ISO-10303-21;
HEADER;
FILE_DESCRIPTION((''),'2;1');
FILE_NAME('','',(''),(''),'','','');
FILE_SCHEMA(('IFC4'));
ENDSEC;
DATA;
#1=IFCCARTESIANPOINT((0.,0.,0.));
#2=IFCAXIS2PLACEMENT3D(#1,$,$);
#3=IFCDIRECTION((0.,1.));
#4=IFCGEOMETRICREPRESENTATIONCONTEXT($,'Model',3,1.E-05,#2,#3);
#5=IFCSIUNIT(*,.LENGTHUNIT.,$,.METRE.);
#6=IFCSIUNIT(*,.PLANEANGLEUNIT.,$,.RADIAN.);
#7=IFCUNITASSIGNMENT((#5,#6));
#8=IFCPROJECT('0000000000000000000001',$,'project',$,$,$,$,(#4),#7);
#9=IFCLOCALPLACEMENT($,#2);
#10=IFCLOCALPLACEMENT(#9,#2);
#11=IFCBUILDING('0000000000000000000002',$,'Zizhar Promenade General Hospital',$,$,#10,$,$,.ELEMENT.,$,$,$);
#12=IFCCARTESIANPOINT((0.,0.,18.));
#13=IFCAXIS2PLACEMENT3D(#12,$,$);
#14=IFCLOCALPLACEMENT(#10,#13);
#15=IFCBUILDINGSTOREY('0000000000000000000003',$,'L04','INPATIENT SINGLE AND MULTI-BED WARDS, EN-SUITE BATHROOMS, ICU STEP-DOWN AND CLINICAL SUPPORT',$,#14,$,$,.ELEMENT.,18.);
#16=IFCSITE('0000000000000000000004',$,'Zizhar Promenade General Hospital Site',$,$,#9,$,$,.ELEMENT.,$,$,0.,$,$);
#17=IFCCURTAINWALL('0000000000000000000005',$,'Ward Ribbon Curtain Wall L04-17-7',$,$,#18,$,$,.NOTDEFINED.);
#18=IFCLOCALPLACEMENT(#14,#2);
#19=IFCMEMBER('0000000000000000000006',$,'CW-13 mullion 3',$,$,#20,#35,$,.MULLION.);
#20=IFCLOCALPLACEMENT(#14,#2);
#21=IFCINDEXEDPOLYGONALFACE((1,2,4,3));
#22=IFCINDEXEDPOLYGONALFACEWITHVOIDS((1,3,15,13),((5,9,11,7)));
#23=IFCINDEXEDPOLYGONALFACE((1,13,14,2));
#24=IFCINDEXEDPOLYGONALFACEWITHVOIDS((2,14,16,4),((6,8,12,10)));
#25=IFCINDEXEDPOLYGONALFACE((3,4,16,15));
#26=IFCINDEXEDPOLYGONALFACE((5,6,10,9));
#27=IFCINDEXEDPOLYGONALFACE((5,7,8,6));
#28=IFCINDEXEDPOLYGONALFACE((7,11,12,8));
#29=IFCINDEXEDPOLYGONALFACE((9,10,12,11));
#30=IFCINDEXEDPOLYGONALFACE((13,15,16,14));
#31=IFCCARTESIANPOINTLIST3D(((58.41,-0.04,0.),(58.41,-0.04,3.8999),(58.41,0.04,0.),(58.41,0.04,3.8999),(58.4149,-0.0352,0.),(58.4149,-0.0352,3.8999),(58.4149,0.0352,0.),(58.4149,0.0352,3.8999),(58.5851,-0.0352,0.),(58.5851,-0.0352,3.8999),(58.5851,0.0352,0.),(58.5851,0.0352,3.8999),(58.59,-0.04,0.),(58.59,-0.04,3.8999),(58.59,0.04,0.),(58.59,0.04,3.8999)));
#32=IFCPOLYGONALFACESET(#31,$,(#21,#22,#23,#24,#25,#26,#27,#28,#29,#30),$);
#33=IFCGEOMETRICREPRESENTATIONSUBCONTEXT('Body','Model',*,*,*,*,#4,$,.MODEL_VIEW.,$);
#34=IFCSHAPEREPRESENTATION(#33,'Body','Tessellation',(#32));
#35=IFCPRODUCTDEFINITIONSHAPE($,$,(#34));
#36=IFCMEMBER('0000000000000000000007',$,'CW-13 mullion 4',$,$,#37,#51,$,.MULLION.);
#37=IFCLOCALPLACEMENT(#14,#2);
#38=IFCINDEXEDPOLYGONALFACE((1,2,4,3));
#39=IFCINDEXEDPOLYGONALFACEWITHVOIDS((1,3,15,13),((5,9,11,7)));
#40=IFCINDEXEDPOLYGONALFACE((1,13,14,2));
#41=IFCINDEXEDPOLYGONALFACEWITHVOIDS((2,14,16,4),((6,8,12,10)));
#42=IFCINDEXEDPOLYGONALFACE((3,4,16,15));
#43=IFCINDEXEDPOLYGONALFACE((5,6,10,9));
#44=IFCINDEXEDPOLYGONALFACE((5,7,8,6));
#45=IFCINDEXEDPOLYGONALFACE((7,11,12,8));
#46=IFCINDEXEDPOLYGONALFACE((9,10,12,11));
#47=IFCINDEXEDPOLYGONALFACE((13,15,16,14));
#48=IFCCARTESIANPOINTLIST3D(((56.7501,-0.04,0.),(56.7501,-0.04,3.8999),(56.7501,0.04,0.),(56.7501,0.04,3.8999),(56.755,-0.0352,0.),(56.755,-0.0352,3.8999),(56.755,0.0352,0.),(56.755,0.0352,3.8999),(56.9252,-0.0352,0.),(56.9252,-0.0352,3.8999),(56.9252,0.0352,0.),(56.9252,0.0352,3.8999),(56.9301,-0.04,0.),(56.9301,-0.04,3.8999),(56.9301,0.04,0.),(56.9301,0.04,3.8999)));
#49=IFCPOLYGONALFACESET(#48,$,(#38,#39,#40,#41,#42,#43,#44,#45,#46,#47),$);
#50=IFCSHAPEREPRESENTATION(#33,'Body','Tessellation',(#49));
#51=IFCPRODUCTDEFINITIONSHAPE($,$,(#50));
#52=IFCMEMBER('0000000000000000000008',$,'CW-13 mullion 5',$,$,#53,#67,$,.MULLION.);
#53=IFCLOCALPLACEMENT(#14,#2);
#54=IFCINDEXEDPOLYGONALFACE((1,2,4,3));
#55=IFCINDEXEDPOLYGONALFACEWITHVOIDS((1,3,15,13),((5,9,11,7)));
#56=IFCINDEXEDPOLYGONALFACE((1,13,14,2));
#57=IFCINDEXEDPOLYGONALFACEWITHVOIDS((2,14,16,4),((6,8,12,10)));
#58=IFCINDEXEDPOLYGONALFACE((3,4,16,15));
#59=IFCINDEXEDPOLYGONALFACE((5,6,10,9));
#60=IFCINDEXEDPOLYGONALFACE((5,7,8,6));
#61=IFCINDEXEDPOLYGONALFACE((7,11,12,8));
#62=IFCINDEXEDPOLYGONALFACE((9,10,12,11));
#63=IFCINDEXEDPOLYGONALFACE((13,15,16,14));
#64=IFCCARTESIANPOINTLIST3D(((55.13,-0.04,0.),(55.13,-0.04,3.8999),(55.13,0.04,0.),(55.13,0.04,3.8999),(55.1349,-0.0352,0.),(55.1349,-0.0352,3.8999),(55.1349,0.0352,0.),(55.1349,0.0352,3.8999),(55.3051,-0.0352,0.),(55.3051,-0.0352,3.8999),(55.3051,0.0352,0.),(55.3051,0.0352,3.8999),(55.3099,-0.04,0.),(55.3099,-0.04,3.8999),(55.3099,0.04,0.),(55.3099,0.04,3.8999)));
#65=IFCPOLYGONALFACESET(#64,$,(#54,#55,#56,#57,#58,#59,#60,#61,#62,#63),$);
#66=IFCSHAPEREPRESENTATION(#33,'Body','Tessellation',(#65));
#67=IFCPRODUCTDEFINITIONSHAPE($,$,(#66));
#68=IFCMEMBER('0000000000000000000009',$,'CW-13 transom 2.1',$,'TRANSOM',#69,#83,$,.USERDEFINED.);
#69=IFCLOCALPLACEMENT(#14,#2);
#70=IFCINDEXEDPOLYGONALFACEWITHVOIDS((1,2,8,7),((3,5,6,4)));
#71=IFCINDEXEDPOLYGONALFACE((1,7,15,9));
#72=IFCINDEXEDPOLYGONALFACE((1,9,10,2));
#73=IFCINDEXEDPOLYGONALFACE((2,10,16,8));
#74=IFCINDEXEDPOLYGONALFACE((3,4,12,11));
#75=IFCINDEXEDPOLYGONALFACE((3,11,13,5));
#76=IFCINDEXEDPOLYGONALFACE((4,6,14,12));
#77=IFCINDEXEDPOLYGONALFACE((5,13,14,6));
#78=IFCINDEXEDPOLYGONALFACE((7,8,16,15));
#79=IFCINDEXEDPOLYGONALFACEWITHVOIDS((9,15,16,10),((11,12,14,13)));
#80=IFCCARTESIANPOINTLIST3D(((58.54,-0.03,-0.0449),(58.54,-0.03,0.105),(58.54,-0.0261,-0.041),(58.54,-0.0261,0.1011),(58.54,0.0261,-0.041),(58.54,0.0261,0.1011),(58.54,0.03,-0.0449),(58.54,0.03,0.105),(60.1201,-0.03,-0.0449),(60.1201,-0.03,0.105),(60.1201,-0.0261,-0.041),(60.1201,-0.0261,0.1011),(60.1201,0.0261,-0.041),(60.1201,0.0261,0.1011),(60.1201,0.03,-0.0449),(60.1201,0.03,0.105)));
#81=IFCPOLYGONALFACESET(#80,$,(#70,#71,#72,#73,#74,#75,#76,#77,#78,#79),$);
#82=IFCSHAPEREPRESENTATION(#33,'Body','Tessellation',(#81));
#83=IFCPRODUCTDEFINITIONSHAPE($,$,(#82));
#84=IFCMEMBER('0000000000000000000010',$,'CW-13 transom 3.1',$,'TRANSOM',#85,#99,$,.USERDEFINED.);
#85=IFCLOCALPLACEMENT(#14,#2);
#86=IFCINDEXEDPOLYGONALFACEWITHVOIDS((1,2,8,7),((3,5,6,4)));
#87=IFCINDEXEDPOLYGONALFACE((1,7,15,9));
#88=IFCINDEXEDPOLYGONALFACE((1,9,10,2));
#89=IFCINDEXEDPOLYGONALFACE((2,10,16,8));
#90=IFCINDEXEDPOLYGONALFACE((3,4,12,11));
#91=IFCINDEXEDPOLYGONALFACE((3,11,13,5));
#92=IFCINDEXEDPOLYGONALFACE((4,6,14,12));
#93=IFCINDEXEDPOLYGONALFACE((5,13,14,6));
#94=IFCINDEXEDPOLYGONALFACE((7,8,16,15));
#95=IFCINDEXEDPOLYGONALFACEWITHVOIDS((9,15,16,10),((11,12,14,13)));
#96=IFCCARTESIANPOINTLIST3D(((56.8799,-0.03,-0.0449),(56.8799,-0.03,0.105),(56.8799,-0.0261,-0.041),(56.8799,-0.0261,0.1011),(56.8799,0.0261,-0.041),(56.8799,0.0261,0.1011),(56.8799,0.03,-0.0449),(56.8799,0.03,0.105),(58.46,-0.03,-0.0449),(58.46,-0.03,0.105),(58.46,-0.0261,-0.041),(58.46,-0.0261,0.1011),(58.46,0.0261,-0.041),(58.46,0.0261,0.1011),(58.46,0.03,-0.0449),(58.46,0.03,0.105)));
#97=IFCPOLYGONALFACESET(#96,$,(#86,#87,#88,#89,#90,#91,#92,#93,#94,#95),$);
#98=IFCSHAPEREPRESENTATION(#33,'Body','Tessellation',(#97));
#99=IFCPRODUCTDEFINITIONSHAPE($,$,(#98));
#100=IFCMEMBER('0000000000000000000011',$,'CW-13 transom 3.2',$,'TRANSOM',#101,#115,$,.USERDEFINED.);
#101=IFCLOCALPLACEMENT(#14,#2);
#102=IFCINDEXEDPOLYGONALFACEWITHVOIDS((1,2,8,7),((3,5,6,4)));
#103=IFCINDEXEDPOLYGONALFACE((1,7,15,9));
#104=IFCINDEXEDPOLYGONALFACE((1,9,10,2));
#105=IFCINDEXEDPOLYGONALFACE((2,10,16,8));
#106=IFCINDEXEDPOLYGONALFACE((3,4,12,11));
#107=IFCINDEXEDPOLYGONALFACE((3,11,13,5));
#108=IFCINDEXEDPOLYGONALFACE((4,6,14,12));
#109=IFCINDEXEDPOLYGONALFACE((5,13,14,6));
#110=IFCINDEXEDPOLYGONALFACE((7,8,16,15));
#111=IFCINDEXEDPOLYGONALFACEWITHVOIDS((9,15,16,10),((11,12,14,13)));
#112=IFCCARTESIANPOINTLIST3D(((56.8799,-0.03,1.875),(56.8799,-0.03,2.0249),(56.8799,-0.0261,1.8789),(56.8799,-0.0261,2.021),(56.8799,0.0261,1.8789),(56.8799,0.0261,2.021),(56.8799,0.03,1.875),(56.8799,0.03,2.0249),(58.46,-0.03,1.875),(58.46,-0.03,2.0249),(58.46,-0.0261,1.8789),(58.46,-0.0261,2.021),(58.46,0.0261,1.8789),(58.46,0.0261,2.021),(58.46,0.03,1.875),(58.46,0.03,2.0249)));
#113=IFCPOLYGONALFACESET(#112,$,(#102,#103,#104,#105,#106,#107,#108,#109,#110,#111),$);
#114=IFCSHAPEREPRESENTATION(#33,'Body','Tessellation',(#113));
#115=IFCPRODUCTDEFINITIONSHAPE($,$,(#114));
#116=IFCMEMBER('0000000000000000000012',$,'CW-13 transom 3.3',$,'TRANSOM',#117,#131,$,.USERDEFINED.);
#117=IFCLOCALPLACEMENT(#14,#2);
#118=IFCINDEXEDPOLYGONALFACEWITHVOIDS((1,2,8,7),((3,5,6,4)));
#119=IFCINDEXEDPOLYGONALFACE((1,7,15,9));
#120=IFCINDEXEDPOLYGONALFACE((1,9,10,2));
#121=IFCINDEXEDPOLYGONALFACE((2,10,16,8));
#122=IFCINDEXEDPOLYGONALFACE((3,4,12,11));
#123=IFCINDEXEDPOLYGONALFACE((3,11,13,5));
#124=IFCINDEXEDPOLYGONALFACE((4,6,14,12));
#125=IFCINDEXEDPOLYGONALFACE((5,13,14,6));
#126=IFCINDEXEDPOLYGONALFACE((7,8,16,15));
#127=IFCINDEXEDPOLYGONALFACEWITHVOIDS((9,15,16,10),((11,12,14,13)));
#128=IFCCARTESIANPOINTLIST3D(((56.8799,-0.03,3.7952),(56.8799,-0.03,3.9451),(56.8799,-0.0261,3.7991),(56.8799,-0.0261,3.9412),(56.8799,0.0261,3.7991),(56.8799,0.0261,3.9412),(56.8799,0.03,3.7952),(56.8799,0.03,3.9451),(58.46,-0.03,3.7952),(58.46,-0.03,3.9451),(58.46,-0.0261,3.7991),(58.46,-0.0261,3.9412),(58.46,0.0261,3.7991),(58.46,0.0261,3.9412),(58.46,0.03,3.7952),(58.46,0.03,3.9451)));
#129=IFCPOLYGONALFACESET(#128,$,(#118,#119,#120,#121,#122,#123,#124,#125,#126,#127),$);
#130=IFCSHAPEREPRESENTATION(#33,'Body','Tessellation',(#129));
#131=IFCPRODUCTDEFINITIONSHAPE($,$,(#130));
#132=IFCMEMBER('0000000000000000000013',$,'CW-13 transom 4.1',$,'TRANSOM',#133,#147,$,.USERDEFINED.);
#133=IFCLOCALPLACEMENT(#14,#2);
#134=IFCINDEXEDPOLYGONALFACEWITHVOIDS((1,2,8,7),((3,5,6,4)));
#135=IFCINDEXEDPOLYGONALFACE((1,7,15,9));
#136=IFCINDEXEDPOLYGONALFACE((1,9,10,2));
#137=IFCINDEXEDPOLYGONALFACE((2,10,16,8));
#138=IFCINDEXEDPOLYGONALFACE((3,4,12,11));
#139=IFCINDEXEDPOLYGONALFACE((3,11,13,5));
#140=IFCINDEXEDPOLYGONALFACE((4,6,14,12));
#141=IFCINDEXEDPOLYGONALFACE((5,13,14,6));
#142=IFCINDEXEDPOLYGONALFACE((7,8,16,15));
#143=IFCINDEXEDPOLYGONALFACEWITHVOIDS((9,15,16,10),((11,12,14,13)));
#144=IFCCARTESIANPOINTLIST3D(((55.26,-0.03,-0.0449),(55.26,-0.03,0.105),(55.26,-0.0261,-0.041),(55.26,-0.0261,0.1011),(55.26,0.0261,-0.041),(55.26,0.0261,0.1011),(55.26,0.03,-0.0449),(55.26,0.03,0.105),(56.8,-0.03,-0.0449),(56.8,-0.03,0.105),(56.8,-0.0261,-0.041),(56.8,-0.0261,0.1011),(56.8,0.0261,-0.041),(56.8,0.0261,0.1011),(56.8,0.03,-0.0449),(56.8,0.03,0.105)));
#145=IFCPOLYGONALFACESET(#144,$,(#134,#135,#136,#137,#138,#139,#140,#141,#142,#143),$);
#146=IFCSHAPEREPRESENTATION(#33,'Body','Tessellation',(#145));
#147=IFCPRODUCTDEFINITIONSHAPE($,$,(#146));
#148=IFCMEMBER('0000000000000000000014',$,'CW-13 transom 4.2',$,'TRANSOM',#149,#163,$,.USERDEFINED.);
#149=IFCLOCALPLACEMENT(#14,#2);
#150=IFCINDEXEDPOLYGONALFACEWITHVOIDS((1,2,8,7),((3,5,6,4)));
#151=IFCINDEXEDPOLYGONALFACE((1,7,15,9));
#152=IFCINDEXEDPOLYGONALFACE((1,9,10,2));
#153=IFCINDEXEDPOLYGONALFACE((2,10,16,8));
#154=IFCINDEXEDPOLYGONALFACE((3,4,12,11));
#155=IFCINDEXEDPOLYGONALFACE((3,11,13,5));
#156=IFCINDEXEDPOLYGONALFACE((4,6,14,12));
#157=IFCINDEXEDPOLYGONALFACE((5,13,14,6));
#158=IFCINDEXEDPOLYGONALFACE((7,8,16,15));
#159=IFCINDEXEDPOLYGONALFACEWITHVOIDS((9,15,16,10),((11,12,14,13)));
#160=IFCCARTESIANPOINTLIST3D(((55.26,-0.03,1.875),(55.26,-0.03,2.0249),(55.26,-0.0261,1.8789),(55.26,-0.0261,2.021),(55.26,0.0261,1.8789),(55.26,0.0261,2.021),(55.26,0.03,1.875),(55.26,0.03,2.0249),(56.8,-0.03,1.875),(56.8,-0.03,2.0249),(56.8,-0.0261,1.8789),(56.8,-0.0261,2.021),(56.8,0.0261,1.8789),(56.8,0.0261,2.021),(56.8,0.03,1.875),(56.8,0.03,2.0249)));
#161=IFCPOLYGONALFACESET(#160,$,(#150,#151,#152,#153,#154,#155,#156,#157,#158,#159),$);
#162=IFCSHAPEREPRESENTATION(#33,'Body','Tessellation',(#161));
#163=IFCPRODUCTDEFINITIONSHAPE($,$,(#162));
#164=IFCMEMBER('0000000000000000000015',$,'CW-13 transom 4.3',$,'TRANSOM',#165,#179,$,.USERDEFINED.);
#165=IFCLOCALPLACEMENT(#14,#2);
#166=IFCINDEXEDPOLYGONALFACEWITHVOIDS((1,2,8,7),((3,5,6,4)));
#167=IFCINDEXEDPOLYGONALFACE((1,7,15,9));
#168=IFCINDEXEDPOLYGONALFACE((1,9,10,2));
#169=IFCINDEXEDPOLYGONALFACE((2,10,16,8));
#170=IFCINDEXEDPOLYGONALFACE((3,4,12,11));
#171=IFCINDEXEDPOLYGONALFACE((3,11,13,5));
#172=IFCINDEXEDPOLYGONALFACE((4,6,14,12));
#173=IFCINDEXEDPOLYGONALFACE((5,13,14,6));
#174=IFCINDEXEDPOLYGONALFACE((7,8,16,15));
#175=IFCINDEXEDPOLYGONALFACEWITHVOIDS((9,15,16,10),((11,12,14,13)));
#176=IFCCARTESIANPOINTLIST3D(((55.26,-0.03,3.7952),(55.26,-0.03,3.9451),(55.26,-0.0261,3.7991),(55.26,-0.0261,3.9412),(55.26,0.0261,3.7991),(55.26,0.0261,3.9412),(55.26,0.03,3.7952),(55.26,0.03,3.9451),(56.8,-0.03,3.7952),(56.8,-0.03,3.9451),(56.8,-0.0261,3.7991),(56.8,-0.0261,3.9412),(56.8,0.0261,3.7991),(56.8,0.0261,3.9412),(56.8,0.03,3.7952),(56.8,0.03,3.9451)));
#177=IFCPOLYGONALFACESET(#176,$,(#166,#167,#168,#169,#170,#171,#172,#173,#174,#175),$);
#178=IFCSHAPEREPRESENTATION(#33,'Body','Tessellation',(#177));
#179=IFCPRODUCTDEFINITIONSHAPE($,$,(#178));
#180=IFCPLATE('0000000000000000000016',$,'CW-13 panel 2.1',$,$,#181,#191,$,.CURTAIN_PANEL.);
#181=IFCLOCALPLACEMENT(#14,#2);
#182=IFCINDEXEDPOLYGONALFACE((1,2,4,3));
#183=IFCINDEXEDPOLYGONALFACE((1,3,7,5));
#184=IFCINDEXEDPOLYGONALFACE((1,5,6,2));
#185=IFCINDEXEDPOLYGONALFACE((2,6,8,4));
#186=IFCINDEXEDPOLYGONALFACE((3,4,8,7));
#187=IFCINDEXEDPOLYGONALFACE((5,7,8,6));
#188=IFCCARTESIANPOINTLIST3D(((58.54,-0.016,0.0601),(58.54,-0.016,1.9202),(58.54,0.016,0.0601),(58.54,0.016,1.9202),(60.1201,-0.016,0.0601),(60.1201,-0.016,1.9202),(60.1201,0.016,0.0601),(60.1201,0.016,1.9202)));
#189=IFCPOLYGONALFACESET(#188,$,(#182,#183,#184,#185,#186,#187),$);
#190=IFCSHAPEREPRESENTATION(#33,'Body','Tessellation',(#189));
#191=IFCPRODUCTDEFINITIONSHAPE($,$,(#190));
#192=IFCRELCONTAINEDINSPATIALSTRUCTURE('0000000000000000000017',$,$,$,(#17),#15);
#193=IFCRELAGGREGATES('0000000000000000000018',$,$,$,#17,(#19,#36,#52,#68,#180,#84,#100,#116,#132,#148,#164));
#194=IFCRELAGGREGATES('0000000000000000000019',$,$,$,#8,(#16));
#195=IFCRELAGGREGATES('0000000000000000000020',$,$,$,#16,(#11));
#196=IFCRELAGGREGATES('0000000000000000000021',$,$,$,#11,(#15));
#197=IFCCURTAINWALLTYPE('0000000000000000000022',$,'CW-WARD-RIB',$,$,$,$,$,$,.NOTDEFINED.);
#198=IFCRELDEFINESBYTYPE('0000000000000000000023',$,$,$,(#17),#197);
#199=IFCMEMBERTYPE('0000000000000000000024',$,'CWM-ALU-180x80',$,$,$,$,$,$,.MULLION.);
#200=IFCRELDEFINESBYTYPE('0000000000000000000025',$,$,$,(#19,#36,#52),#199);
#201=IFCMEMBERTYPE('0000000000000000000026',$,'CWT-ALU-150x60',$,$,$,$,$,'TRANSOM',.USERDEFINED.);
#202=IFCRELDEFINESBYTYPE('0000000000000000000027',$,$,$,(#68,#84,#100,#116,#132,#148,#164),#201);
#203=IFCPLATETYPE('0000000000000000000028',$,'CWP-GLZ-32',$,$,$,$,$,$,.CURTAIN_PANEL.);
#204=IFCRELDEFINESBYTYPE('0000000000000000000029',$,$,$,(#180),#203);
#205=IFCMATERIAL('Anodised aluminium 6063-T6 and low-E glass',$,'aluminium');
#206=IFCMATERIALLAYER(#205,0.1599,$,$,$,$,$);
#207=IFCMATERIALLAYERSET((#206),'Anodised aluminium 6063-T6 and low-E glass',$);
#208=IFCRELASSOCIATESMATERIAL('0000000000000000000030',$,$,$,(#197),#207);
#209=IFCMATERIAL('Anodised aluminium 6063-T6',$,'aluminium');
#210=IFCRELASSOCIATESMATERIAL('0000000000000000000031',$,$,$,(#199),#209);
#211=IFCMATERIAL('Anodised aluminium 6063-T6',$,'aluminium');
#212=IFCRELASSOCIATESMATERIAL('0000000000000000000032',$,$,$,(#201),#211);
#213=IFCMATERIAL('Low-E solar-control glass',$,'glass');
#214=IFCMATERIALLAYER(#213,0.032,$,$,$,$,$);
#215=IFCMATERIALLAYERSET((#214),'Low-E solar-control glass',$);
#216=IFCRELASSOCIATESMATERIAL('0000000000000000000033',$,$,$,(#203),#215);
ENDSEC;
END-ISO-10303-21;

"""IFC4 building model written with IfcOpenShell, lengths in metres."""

from ifc_helpers import new_model, si_unit, direction, frame, origin, origin_2d, place, context, subcontext, project, spatial, rectangle, hollow_rectangle, extrude, material, layer, layer_set, material_profile, profile_set, type_object, element, aggregate, save


model = new_model("IFC4")

# Units and contexts
model_context = context("Model", 3, precision=1e-05, world=origin(), true_north=direction((0.0, 1.0)))
body_context = subcontext(model_context, "Body", "Model", "MODEL_VIEW")
ifc_project = project(units=[si_unit("LENGTHUNIT", "METRE"), si_unit("PLANEANGLEUNIT", "RADIAN")], contexts=[model_context])

# Site, building, storey
site_placement = place(None, origin())
site = spatial("IfcSite", under=ifc_project, at=site_placement, Name="Zizhar Promenade General Hospital Site", CompositionType="ELEMENT", RefElevation=0.0)
building_placement = place(site_placement, origin())
building = spatial("IfcBuilding", under=site, at=building_placement, Name="Zizhar Promenade General Hospital", CompositionType="ELEMENT")
storey_placement = place(building_placement, frame((0.0, 0.0, 18.0)))
storey = spatial("IfcBuildingStorey", under=building, at=storey_placement, Name="L04", Description="INPATIENT SINGLE AND MULTI-BED WARDS, EN-SUITE BATHROOMS, ICU STEP-DOWN AND CLINICAL SUPPORT", CompositionType="ELEMENT", Elevation=18.0)

# Curtain wall, members, plate
ifc_material_1 = material(Name="Anodised aluminium 6063-T6 and low-E glass", Category="aluminium")
ifc_layer_1 = layer(ifc_material_1, 0.1599)
ifc_layer_set_1 = layer_set([ifc_layer_1], Name="Anodised aluminium 6063-T6 and low-E glass")
curtain_wall_type = type_object("IfcCurtainWallType", Name="CW-WARD-RIB", PredefinedType="NOTDEFINED", material=ifc_layer_set_1)
curtain_wall_placement = place(storey_placement, origin())
curtain_wall = element("IfcCurtainWall", 1, at=curtain_wall_placement, inside=storey, type_object=curtain_wall_type, Name="Ward Ribbon Curtain Wall L04-17-7", PredefinedType="NOTDEFINED")
ifc_material_2 = material(Name="Anodised aluminium 6063-T6", Category="aluminium")
ifc_material_profile_1 = material_profile(ifc_material_2, hollow_rectangle(XDim=0.0801, YDim=0.1799, WallThickness=0.0049, at=origin_2d()))
ifc_profile_set_1 = profile_set([ifc_material_profile_1], Name="Anodised aluminium 6063-T6")
member_type_1 = type_object("IfcMemberType", Name="CWM-ALU-180x80", PredefinedType="MULLION", material=ifc_profile_set_1)
member_1_placement = place(storey_placement, frame((58.5, 0.0, 0.0), z_axis=(0.0, 0.0, 1.0), x_axis=(0.0, -1.0, 0.0)))
member_1 = element("IfcMember", 2, at=member_1_placement, type_object=member_type_1, Name="CW-13 mullion 3", PredefinedType="MULLION", context=body_context, shape_type="SweptSolid", body=[
    extrude(hollow_rectangle(XDim=0.0801, YDim=0.1799, WallThickness=0.0049, at=origin_2d()), origin(), (0.0, 0.0, 1.0), 3.8999),
])
member_2_placement = place(storey_placement, frame((56.8401, 0.0, 0.0), z_axis=(0.0, 0.0, 1.0), x_axis=(0.0, -1.0, 0.0)))
member_2 = element("IfcMember", 3, at=member_2_placement, type_object=member_type_1, Name="CW-13 mullion 4", PredefinedType="MULLION", context=body_context, shape_type="SweptSolid", body=[
    extrude(hollow_rectangle(XDim=0.0801, YDim=0.1799, WallThickness=0.0049, at=origin_2d()), origin(), (0.0, 0.0, 1.0), 3.8999),
])
member_3_placement = place(storey_placement, frame((55.22, 0.0, 0.0), z_axis=(0.0, 0.0, 1.0), x_axis=(0.0, -1.0, 0.0)))
member_3 = element("IfcMember", 4, at=member_3_placement, type_object=member_type_1, Name="CW-13 mullion 5", PredefinedType="MULLION", context=body_context, shape_type="SweptSolid", body=[
    extrude(hollow_rectangle(XDim=0.0801, YDim=0.1799, WallThickness=0.0049, at=origin_2d()), origin(), (0.0, 0.0, 1.0), 3.8999),
])
ifc_material_3 = material(Name="Anodised aluminium 6063-T6", Category="aluminium")
ifc_material_profile_2 = material_profile(ifc_material_3, hollow_rectangle(XDim=0.0601, YDim=0.1499, WallThickness=0.0039, at=origin_2d()))
ifc_profile_set_2 = profile_set([ifc_material_profile_2], Name="Anodised aluminium 6063-T6")
member_type_2 = type_object("IfcMemberType", Name="CWT-ALU-150x60", ElementType="TRANSOM", PredefinedType="USERDEFINED", material=ifc_profile_set_2)
member_4_placement = place(storey_placement, frame((60.1201, 0.0, 0.03), z_axis=(-1.0, 0.0, 0.0), x_axis=(0.0, -1.0, 0.0)))
member_4 = element("IfcMember", 5, at=member_4_placement, type_object=member_type_2, Name="CW-13 transom 2.1", ObjectType="TRANSOM", PredefinedType="USERDEFINED", context=body_context, shape_type="SweptSolid", body=[
    extrude(hollow_rectangle(XDim=0.0601, YDim=0.1499, WallThickness=0.0039, at=origin_2d()), origin(), (0.0, 0.0, 1.0), 1.5801),
])
member_5_placement = place(storey_placement, frame((58.46, 0.0, 0.03), z_axis=(-1.0, 0.0, 0.0), x_axis=(0.0, -1.0, 0.0)))
member_5 = element("IfcMember", 6, at=member_5_placement, type_object=member_type_2, Name="CW-13 transom 3.1", ObjectType="TRANSOM", PredefinedType="USERDEFINED", context=body_context, shape_type="SweptSolid", body=[
    extrude(hollow_rectangle(XDim=0.0601, YDim=0.1499, WallThickness=0.0039, at=origin_2d()), origin(), (0.0, 0.0, 1.0), 1.5801),
])
member_6_placement = place(storey_placement, frame((58.46, 0.0, 1.95), z_axis=(-1.0, 0.0, 0.0), x_axis=(0.0, -1.0, 0.0)))
member_6 = element("IfcMember", 7, at=member_6_placement, type_object=member_type_2, Name="CW-13 transom 3.2", ObjectType="TRANSOM", PredefinedType="USERDEFINED", context=body_context, shape_type="SweptSolid", body=[
    extrude(hollow_rectangle(XDim=0.0601, YDim=0.1499, WallThickness=0.0039, at=origin_2d()), origin(), (0.0, 0.0, 1.0), 1.5801),
])
member_7_placement = place(storey_placement, frame((58.46, 0.0, 3.8701), z_axis=(-1.0, 0.0, 0.0), x_axis=(0.0, -1.0, 0.0)))
member_7 = element("IfcMember", 8, at=member_7_placement, type_object=member_type_2, Name="CW-13 transom 3.3", ObjectType="TRANSOM", PredefinedType="USERDEFINED", context=body_context, shape_type="SweptSolid", body=[
    extrude(hollow_rectangle(XDim=0.0601, YDim=0.1499, WallThickness=0.0039, at=origin_2d()), origin(), (0.0, 0.0, 1.0), 1.5801),
])
member_8_placement = place(storey_placement, frame((56.8, 0.0, 0.03), z_axis=(-1.0, 0.0, 0.0), x_axis=(0.0, -1.0, 0.0)))
member_8 = element("IfcMember", 9, at=member_8_placement, type_object=member_type_2, Name="CW-13 transom 4.1", ObjectType="TRANSOM", PredefinedType="USERDEFINED", context=body_context, shape_type="SweptSolid", body=[
    extrude(hollow_rectangle(XDim=0.0601, YDim=0.1499, WallThickness=0.0039, at=origin_2d()), origin(), (0.0, 0.0, 1.0), 1.54),
])
member_9_placement = place(storey_placement, frame((56.8, 0.0, 1.95), z_axis=(-1.0, 0.0, 0.0), x_axis=(0.0, -1.0, 0.0)))
member_9 = element("IfcMember", 10, at=member_9_placement, type_object=member_type_2, Name="CW-13 transom 4.2", ObjectType="TRANSOM", PredefinedType="USERDEFINED", context=body_context, shape_type="SweptSolid", body=[
    extrude(hollow_rectangle(XDim=0.0601, YDim=0.1499, WallThickness=0.0039, at=origin_2d()), origin(), (0.0, 0.0, 1.0), 1.54),
])
member_10_placement = place(storey_placement, frame((56.8, 0.0, 3.8701), z_axis=(-1.0, 0.0, 0.0), x_axis=(0.0, -1.0, 0.0)))
member_10 = element("IfcMember", 11, at=member_10_placement, type_object=member_type_2, Name="CW-13 transom 4.3", ObjectType="TRANSOM", PredefinedType="USERDEFINED", context=body_context, shape_type="SweptSolid", body=[
    extrude(hollow_rectangle(XDim=0.0601, YDim=0.1499, WallThickness=0.0039, at=origin_2d()), origin(), (0.0, 0.0, 1.0), 1.54),
])
ifc_material_4 = material(Name="Low-E solar-control glass", Category="glass")
ifc_layer_2 = layer(ifc_material_4, 0.032)
ifc_layer_set_2 = layer_set([ifc_layer_2], Name="Low-E solar-control glass")
plate_type = type_object("IfcPlateType", Name="CWP-GLZ-32", PredefinedType="CURTAIN_PANEL", material=ifc_layer_set_2)
plate_1_placement = place(storey_placement, frame((59.3301, 0.0, 0.0601), z_axis=(0.0, 0.0, 1.0), x_axis=(-1.0, 0.0, 0.0)))
plate_1 = element("IfcPlate", 12, at=plate_1_placement, type_object=plate_type, Name="CW-13 panel 2.1", PredefinedType="CURTAIN_PANEL", context=body_context, shape_type="SweptSolid", body=[
    extrude(rectangle(XDim=1.5801, YDim=0.032, at=origin_2d()), origin(), (0.0, 0.0, 1.0), 1.8601),
])
aggregate(curtain_wall, [member_1, member_2, member_3, member_4, plate_1, member_5, member_6, member_7, member_8, member_9, member_10])

save(model, "model.ifc")
